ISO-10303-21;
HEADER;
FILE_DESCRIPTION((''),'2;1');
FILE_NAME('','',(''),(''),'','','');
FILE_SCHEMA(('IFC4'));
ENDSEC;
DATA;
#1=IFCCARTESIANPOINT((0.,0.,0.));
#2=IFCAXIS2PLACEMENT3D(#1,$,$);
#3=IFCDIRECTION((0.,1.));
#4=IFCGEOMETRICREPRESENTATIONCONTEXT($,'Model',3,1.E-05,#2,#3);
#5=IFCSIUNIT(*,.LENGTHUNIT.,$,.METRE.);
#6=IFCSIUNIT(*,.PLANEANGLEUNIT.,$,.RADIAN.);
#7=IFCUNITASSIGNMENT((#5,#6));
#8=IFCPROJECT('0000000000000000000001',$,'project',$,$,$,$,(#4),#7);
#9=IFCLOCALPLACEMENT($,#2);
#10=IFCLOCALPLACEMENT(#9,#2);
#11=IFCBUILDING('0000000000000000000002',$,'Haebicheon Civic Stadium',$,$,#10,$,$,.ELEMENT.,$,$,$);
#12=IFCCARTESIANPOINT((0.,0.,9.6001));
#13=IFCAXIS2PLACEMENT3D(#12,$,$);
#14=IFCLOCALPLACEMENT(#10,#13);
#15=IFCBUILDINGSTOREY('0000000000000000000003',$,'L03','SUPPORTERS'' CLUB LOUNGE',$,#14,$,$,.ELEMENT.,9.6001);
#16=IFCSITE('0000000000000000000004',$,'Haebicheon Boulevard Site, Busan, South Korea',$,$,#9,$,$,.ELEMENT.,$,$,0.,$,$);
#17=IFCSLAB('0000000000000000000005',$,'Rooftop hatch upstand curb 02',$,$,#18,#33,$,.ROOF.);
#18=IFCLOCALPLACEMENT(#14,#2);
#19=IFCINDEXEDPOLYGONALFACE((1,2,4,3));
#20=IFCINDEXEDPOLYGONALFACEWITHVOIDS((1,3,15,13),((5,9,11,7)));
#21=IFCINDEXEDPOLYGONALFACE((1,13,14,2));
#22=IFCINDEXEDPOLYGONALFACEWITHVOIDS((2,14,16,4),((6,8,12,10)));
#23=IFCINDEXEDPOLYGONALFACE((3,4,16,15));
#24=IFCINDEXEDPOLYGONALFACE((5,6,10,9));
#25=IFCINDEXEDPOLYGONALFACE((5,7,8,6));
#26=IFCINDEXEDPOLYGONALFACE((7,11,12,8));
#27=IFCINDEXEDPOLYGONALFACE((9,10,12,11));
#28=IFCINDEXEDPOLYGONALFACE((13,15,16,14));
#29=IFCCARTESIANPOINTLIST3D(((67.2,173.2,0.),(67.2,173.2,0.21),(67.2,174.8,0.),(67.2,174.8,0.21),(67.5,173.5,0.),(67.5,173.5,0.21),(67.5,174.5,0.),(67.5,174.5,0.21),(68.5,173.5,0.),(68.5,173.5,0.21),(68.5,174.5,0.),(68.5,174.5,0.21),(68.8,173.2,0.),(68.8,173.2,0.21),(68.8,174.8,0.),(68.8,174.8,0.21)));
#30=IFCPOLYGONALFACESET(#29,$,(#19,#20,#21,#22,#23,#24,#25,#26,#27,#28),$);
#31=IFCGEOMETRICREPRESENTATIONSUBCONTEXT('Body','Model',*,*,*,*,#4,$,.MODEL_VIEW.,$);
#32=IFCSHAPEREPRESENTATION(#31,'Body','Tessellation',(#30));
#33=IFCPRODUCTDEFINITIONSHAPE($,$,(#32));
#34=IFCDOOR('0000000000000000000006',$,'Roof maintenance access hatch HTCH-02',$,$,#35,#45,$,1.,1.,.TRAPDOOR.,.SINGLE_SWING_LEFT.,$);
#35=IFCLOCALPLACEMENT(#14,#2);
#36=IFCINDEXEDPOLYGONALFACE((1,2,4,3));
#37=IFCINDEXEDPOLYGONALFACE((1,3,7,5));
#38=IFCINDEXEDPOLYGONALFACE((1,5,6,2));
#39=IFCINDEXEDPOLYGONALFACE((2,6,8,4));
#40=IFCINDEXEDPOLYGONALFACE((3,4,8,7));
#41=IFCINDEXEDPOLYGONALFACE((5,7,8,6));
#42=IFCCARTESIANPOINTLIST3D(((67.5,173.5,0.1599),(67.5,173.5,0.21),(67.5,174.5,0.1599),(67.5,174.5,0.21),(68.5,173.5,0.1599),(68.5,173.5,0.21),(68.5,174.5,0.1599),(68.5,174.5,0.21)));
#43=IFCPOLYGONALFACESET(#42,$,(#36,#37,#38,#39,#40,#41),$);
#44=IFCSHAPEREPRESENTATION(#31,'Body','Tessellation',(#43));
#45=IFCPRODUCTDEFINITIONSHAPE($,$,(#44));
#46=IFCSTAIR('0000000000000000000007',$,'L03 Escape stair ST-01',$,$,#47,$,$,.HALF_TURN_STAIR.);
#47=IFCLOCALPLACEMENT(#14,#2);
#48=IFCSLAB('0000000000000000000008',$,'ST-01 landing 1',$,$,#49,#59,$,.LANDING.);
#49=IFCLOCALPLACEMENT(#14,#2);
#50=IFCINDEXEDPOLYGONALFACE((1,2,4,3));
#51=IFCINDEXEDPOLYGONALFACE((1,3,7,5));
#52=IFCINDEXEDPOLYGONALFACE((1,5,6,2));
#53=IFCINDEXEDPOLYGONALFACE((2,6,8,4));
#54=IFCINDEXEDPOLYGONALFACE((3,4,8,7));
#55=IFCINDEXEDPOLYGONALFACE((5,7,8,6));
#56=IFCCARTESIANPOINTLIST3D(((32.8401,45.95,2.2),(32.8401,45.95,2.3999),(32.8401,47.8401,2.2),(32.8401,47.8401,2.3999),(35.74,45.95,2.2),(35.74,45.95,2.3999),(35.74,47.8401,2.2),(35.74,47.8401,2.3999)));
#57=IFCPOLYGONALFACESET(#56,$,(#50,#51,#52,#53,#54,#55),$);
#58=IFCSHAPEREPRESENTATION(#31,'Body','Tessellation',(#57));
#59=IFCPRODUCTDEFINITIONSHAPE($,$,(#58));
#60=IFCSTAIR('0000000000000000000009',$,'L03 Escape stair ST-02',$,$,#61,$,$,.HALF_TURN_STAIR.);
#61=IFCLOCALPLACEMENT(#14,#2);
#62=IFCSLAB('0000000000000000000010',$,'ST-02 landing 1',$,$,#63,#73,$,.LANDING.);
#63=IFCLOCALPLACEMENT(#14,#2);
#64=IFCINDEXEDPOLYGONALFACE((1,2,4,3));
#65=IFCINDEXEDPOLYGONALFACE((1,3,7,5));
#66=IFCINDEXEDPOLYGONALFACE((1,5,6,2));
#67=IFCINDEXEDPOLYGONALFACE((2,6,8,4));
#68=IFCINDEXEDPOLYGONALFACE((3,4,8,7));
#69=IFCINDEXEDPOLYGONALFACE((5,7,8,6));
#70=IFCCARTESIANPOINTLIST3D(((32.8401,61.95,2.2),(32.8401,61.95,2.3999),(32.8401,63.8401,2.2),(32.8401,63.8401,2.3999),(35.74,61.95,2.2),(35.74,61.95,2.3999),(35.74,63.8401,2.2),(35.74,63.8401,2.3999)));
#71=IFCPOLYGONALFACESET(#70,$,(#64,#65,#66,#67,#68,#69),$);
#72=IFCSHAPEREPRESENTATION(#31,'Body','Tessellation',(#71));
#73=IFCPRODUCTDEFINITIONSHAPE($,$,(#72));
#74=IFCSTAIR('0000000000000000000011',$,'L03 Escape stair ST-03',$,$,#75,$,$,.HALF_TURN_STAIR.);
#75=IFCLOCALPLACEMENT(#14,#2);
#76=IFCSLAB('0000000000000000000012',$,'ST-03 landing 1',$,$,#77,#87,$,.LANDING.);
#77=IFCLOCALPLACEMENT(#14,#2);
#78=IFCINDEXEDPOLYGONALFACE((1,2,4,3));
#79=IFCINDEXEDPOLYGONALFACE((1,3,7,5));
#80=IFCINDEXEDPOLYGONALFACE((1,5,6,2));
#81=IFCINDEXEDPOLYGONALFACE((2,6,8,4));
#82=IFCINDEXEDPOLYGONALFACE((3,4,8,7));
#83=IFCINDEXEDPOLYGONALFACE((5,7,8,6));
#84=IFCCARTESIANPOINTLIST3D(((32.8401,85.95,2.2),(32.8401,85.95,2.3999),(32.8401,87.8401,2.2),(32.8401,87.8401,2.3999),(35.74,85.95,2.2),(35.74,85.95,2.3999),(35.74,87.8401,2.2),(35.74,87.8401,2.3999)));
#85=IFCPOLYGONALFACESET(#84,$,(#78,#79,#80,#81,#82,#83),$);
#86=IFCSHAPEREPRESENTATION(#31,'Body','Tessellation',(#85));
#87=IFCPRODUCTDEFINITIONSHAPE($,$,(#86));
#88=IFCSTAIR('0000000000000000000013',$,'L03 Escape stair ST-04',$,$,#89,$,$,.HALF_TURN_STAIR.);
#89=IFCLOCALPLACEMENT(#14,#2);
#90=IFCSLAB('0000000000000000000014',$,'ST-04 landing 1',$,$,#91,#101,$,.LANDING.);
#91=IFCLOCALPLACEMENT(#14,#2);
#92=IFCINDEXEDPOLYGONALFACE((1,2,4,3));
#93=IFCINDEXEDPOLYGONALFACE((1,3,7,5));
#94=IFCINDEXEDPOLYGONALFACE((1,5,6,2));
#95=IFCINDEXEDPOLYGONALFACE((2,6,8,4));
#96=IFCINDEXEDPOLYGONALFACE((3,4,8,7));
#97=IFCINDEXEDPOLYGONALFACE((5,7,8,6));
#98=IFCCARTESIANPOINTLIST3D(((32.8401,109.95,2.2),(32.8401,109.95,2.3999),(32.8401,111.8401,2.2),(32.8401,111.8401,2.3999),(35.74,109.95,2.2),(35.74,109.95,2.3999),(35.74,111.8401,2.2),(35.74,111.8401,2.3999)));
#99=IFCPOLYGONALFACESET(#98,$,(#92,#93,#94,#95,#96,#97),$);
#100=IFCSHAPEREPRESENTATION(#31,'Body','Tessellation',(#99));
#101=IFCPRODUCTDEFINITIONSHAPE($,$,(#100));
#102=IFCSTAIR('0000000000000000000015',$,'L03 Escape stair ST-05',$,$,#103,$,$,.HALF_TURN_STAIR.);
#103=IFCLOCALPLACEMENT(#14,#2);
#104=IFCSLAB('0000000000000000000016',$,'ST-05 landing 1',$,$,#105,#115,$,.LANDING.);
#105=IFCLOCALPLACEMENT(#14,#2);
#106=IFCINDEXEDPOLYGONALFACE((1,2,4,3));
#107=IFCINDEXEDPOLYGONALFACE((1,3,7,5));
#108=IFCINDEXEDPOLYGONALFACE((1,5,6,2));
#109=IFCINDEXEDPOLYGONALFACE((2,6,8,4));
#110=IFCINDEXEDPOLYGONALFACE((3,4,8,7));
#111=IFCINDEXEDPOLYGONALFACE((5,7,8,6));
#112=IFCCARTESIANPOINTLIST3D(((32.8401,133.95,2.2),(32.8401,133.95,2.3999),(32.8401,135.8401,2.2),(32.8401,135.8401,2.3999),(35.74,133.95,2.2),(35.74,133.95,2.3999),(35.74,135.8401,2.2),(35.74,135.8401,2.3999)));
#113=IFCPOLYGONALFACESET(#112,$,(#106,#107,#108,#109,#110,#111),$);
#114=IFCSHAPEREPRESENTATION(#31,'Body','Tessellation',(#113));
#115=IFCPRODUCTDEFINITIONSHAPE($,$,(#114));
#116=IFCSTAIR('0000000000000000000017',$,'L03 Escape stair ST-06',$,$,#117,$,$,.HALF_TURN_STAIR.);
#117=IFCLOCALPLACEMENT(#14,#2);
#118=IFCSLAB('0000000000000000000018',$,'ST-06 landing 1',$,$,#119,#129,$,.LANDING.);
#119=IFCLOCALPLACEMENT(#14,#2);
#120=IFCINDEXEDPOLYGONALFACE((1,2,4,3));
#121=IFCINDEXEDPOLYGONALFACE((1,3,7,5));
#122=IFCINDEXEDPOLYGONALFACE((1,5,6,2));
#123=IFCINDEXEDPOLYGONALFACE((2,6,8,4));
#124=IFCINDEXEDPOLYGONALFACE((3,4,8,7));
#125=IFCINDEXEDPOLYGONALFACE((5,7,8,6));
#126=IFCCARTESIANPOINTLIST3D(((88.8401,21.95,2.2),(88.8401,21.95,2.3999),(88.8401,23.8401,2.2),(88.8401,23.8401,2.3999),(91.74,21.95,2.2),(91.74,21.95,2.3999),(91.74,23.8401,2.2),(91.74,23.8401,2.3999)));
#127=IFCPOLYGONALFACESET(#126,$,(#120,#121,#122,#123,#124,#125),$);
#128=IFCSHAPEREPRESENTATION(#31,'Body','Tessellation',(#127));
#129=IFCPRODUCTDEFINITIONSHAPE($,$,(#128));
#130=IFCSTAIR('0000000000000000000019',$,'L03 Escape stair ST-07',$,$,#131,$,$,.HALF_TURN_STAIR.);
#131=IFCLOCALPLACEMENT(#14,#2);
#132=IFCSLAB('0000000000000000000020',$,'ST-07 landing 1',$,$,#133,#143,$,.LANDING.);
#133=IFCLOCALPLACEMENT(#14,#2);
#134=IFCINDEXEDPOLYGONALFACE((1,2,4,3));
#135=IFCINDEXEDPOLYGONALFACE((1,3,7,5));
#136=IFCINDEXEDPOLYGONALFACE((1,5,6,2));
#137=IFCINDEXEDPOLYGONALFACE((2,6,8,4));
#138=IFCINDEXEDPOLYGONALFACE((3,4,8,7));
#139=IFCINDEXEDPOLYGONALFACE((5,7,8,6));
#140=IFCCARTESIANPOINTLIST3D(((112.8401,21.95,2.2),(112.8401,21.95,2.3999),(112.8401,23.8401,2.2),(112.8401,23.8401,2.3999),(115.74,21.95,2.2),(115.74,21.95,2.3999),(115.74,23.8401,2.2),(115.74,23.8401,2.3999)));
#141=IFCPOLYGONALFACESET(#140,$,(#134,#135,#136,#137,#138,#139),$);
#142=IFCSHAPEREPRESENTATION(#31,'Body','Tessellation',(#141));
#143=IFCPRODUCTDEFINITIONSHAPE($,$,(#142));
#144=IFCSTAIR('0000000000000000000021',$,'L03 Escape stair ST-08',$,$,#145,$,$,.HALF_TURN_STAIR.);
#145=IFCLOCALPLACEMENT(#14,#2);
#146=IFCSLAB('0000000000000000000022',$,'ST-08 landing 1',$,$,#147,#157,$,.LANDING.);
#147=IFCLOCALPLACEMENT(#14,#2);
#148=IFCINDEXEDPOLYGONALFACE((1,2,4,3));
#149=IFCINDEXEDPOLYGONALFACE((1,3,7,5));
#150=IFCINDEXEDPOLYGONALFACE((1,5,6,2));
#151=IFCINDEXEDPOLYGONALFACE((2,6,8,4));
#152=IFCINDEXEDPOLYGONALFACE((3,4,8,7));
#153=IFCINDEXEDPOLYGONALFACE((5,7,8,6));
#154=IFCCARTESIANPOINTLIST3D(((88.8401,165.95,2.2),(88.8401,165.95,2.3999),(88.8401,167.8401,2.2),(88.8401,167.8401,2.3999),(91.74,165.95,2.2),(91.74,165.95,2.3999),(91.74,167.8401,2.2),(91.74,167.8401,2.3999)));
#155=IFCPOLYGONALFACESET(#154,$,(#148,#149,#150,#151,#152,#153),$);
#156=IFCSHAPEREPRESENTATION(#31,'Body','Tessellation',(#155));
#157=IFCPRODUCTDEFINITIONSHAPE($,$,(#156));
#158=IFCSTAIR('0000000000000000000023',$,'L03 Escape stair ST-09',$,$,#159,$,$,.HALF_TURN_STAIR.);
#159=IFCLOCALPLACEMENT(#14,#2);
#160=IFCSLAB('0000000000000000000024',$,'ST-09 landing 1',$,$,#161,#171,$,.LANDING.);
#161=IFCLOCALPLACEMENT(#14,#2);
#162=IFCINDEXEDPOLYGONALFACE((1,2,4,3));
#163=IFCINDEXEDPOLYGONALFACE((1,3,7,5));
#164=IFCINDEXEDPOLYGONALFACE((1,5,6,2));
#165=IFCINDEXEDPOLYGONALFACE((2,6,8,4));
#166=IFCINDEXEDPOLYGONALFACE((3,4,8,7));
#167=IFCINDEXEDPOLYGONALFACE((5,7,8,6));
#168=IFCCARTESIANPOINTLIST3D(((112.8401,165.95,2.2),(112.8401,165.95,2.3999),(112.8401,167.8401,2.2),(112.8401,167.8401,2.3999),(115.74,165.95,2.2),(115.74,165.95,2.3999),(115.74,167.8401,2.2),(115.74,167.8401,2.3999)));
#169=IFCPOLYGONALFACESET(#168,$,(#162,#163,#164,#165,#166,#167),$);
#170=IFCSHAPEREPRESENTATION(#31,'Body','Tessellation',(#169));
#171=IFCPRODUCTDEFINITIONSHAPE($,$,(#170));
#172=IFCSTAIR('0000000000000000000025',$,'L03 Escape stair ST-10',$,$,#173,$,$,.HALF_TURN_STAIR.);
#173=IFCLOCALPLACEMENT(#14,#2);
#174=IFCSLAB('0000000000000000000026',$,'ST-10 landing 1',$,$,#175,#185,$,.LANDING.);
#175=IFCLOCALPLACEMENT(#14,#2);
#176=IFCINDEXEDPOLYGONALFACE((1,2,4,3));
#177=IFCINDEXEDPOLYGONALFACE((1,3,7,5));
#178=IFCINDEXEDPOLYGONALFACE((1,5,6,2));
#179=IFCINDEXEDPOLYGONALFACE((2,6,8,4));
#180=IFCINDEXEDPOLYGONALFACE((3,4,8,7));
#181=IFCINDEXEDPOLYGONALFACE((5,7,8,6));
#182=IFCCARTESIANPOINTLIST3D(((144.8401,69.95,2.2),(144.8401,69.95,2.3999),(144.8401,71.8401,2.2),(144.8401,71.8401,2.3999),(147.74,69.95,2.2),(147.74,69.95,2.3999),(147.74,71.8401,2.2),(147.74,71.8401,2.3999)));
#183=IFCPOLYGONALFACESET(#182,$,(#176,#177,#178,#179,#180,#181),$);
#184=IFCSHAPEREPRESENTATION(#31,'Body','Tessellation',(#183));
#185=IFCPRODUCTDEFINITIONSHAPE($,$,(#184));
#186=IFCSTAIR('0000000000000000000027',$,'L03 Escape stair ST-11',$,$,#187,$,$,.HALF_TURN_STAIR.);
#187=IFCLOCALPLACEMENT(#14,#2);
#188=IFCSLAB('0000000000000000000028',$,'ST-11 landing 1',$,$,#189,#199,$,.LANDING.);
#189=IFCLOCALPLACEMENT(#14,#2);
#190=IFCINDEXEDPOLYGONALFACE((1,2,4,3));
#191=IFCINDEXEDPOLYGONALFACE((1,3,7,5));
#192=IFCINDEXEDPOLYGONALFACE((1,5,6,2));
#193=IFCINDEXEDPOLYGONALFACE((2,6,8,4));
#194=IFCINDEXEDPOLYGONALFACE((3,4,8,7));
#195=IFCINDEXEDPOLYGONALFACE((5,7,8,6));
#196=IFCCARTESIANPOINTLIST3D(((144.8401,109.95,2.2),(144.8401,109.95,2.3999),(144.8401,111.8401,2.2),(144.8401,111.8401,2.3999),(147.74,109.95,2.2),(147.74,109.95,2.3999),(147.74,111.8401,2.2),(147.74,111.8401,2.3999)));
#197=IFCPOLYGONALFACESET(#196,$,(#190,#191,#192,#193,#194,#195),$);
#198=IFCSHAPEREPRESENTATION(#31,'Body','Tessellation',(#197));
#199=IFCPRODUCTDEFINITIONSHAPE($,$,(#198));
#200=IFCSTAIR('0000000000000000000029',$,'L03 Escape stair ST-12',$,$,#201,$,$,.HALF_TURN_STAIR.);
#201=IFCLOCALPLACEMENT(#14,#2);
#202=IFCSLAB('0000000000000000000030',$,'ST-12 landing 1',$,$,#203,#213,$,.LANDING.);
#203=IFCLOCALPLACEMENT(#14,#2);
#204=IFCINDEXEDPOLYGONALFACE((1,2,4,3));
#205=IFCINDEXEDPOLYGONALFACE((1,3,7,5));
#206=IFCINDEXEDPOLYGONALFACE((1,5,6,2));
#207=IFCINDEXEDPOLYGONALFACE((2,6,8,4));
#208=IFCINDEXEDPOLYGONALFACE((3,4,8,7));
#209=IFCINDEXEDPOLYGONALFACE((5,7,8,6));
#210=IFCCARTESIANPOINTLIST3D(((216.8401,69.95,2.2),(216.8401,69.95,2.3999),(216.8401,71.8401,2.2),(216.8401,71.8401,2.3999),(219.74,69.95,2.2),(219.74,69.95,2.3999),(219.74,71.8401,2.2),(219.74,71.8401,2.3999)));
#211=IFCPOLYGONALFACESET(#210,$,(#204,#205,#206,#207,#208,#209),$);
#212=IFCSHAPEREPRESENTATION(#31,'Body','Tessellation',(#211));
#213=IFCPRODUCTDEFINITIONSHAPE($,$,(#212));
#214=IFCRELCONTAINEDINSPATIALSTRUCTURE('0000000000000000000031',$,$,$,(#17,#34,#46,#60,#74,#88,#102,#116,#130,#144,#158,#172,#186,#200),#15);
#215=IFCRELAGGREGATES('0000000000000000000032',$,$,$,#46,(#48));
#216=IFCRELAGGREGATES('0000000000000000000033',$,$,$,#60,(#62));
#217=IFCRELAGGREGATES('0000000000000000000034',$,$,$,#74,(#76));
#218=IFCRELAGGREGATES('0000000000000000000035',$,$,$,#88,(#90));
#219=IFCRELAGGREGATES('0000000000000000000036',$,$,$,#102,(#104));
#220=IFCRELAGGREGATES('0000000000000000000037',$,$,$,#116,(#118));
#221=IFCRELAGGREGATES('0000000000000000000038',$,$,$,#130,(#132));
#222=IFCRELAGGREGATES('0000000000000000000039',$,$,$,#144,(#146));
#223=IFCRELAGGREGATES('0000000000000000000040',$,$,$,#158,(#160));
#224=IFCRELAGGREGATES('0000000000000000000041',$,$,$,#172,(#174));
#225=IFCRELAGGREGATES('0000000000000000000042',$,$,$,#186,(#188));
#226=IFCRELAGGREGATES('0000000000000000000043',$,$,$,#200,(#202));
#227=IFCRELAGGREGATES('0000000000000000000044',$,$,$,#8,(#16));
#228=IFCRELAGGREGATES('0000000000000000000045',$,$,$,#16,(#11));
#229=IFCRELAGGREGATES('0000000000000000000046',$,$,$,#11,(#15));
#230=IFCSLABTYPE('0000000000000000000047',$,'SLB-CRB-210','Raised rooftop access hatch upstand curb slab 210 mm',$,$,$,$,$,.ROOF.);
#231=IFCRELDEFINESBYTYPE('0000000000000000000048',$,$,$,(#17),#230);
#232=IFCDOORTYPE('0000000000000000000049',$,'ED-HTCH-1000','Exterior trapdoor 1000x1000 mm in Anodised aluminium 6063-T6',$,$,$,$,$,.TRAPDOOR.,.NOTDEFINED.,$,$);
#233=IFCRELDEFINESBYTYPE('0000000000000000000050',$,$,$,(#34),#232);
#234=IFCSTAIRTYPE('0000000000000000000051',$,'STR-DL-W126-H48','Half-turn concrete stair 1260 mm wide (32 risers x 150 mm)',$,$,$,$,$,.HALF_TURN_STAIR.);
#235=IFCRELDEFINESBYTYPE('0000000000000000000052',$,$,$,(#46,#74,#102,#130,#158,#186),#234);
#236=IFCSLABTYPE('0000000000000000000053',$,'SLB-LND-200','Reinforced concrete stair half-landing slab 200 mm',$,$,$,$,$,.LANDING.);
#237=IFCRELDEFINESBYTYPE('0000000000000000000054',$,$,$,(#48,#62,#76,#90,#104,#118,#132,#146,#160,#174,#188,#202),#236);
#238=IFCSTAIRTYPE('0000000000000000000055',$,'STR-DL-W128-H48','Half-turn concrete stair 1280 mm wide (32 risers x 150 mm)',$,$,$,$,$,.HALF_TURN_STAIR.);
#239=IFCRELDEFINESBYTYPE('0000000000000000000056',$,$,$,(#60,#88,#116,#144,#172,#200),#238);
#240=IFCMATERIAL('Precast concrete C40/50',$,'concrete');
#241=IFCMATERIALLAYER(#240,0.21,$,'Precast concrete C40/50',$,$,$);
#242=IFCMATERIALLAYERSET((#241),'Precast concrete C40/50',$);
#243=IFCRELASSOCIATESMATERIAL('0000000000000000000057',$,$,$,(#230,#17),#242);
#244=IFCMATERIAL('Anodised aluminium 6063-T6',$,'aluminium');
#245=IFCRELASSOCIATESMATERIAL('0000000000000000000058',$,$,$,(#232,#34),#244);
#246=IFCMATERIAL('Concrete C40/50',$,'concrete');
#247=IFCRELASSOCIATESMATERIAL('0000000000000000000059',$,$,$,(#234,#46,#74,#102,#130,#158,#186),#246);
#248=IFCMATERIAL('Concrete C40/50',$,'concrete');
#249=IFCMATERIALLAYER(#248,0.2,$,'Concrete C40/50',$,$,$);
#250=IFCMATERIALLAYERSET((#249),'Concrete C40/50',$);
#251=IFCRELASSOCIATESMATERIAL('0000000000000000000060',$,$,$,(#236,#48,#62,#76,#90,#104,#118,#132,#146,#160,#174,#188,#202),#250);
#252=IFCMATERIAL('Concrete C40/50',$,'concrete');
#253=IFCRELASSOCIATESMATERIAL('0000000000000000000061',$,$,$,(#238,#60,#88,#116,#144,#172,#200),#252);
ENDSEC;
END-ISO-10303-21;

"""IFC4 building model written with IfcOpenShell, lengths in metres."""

from ifc_helpers import new_model, si_unit, direction, frame, origin, origin_2d, place, context, subcontext, project, spatial, polyline, rectangle, outline, extrude, material, layer, layer_set, type_object, element, fill, aggregate, save


model = new_model("IFC4")

# Units and contexts
model_context = context("Model", 3, precision=1e-05, world=origin(), true_north=direction((0.0, 1.0)))
body_context = subcontext(model_context, "Body", "Model", "MODEL_VIEW")
ifc_project = project(units=[si_unit("LENGTHUNIT", "METRE"), si_unit("PLANEANGLEUNIT", "RADIAN")], contexts=[model_context])

# Site, building, storey
site_placement = place(None, origin())
site = spatial("IfcSite", under=ifc_project, at=site_placement, Name="Haebicheon Boulevard Site, Busan, South Korea", CompositionType="ELEMENT", RefElevation=0.0)
building_placement = place(site_placement, origin())
building = spatial("IfcBuilding", under=site, at=building_placement, Name="Haebicheon Civic Stadium", CompositionType="ELEMENT")
storey_placement = place(building_placement, frame((0.0, 0.0, 9.6001)))
storey = spatial("IfcBuildingStorey", under=building, at=storey_placement, Name="L03", Description="SUPPORTERS' CLUB LOUNGE", CompositionType="ELEMENT", Elevation=9.6001)

# Slab, opening, door
ifc_material_1 = material(Name="Precast concrete C40/50", Category="concrete")
ifc_layer_1 = layer(ifc_material_1, 0.21, Name="Precast concrete C40/50")
ifc_layer_set_1 = layer_set([ifc_layer_1], Name="Precast concrete C40/50")
slab_type_1 = type_object("IfcSlabType", Name="SLB-CRB-210", Description="Raised rooftop access hatch upstand curb slab 210 mm", PredefinedType="ROOF", material=ifc_layer_set_1)
slab_1_placement = place(storey_placement, origin())
slab_1 = element("IfcSlab", 1, at=slab_1_placement, inside=storey, type_object=slab_type_1, material=ifc_layer_set_1, Name="Rooftop hatch upstand curb 02", PredefinedType="ROOF", context=body_context, shape_type="SweptSolid", body=[
    extrude(outline(polyline([(67.2, 173.2), (68.8, 173.2), (68.8, 174.8), (67.2, 174.8), (67.2, 173.2)]), holes=[polyline([(67.5, 173.5), (68.5, 173.5), (68.5, 174.5), (67.5, 174.5), (67.5, 173.5)])]), origin(), (0.0, 0.0, 1.0), 0.21),
])
opening_placement = place(slab_1_placement, frame((68.0, 174.0, -0.01)))
opening = element("IfcOpeningElement", 2, at=opening_placement, cuts=slab_1, PredefinedType="OPENING", context=body_context, shape_type="SweptSolid", body=[
    extrude(rectangle(XDim=1.0, YDim=1.0, at=origin_2d()), origin(), (0.0, 0.0, 1.0), 0.23),
])
ifc_material_2 = material(Name="Anodised aluminium 6063-T6", Category="aluminium")
door_type = type_object("IfcDoorType", Name="ED-HTCH-1000", Description="Exterior trapdoor 1000x1000 mm in Anodised aluminium 6063-T6", OperationType="NOTDEFINED", PredefinedType="TRAPDOOR", material=ifc_material_2)
door_placement = place(slab_1_placement, frame((68.0, 174.0, 0.1599)))
door = element("IfcDoor", 3, at=door_placement, inside=storey, type_object=door_type, material=ifc_material_2, Name="Roof maintenance access hatch HTCH-02", OperationType="SINGLE_SWING_LEFT", OverallHeight=1.0, OverallWidth=1.0, PredefinedType="TRAPDOOR", context=body_context, shape_type="SweptSolid", body=[
    extrude(rectangle(XDim=1.0, YDim=1.0, at=origin_2d()), origin(), (0.0, 0.0, 1.0), 0.05),
])
fill(opening, door)

# Stairs, slabs
ifc_material_3 = material(Name="Concrete C40/50", Category="concrete")
stair_type_1 = type_object("IfcStairType", Name="STR-DL-W126-H48", Description="Half-turn concrete stair 1260 mm wide (32 risers x 150 mm)", PredefinedType="HALF_TURN_STAIR", material=ifc_material_3)
stair_1_placement = place(storey_placement, origin())
stair_1 = element("IfcStair", 4, at=stair_1_placement, inside=storey, type_object=stair_type_1, material=ifc_material_3, Name="L03 Escape stair ST-01", PredefinedType="HALF_TURN_STAIR")
ifc_material_4 = material(Name="Concrete C40/50", Category="concrete")
ifc_layer_2 = layer(ifc_material_4, 0.2, Name="Concrete C40/50")
ifc_layer_set_2 = layer_set([ifc_layer_2], Name="Concrete C40/50")
slab_type_2 = type_object("IfcSlabType", Name="SLB-LND-200", Description="Reinforced concrete stair half-landing slab 200 mm", PredefinedType="LANDING", material=ifc_layer_set_2)
slab_2_placement = place(storey_placement, frame((0.0, 0.0, 2.2)))
slab_2 = element("IfcSlab", 5, at=slab_2_placement, type_object=slab_type_2, material=ifc_layer_set_2, Name="ST-01 landing 1", PredefinedType="LANDING", context=body_context, shape_type="SweptSolid", body=[
    extrude(outline(polyline([(35.74, 45.95), (35.74, 47.8401), (32.8401, 47.8401), (32.8401, 45.95), (35.74, 45.95)])), origin(), (0.0, 0.0, 1.0), 0.2),
])
aggregate(stair_1, [slab_2])
ifc_material_5 = material(Name="Concrete C40/50", Category="concrete")
stair_type_2 = type_object("IfcStairType", Name="STR-DL-W128-H48", Description="Half-turn concrete stair 1280 mm wide (32 risers x 150 mm)", PredefinedType="HALF_TURN_STAIR", material=ifc_material_5)
stair_2_placement = place(storey_placement, origin())
stair_2 = element("IfcStair", 6, at=stair_2_placement, inside=storey, type_object=stair_type_2, material=ifc_material_5, Name="L03 Escape stair ST-02", PredefinedType="HALF_TURN_STAIR")
slab_3_placement = place(storey_placement, frame((0.0, 0.0, 2.2)))
slab_3 = element("IfcSlab", 7, at=slab_3_placement, type_object=slab_type_2, material=ifc_layer_set_2, Name="ST-02 landing 1", PredefinedType="LANDING", context=body_context, shape_type="SweptSolid", body=[
    extrude(outline(polyline([(35.74, 61.95), (35.74, 63.8401), (32.8401, 63.8401), (32.8401, 61.95), (35.74, 61.95)])), origin(), (0.0, 0.0, 1.0), 0.2),
])
aggregate(stair_2, [slab_3])
stair_3_placement = place(storey_placement, origin())
stair_3 = element("IfcStair", 8, at=stair_3_placement, inside=storey, type_object=stair_type_1, material=ifc_material_3, Name="L03 Escape stair ST-03", PredefinedType="HALF_TURN_STAIR")
slab_4_placement = place(storey_placement, frame((0.0, 0.0, 2.2)))
slab_4 = element("IfcSlab", 9, at=slab_4_placement, type_object=slab_type_2, material=ifc_layer_set_2, Name="ST-03 landing 1", PredefinedType="LANDING", context=body_context, shape_type="SweptSolid", body=[
    extrude(outline(polyline([(35.74, 85.95), (35.74, 87.8401), (32.8401, 87.8401), (32.8401, 85.95), (35.74, 85.95)])), origin(), (0.0, 0.0, 1.0), 0.2),
])
aggregate(stair_3, [slab_4])
stair_4_placement = place(storey_placement, origin())
stair_4 = element("IfcStair", 10, at=stair_4_placement, inside=storey, type_object=stair_type_2, material=ifc_material_5, Name="L03 Escape stair ST-04", PredefinedType="HALF_TURN_STAIR")
slab_5_placement = place(storey_placement, frame((0.0, 0.0, 2.2)))
slab_5 = element("IfcSlab", 11, at=slab_5_placement, type_object=slab_type_2, material=ifc_layer_set_2, Name="ST-04 landing 1", PredefinedType="LANDING", context=body_context, shape_type="SweptSolid", body=[
    extrude(outline(polyline([(35.74, 109.95), (35.74, 111.8401), (32.8401, 111.8401), (32.8401, 109.95), (35.74, 109.95)])), origin(), (0.0, 0.0, 1.0), 0.2),
])
aggregate(stair_4, [slab_5])
stair_5_placement = place(storey_placement, origin())
stair_5 = element("IfcStair", 12, at=stair_5_placement, inside=storey, type_object=stair_type_1, material=ifc_material_3, Name="L03 Escape stair ST-05", PredefinedType="HALF_TURN_STAIR")
slab_6_placement = place(storey_placement, frame((0.0, 0.0, 2.2)))
slab_6 = element("IfcSlab", 13, at=slab_6_placement, type_object=slab_type_2, material=ifc_layer_set_2, Name="ST-05 landing 1", PredefinedType="LANDING", context=body_context, shape_type="SweptSolid", body=[
    extrude(outline(polyline([(35.74, 133.95), (35.74, 135.8401), (32.8401, 135.8401), (32.8401, 133.95), (35.74, 133.95)])), origin(), (0.0, 0.0, 1.0), 0.2),
])
aggregate(stair_5, [slab_6])
stair_6_placement = place(storey_placement, origin())
stair_6 = element("IfcStair", 14, at=stair_6_placement, inside=storey, type_object=stair_type_2, material=ifc_material_5, Name="L03 Escape stair ST-06", PredefinedType="HALF_TURN_STAIR")
slab_7_placement = place(storey_placement, frame((0.0, 0.0, 2.2)))
slab_7 = element("IfcSlab", 15, at=slab_7_placement, type_object=slab_type_2, material=ifc_layer_set_2, Name="ST-06 landing 1", PredefinedType="LANDING", context=body_context, shape_type="SweptSolid", body=[
    extrude(outline(polyline([(91.74, 21.95), (91.74, 23.8401), (88.8401, 23.8401), (88.8401, 21.95), (91.74, 21.95)])), origin(), (0.0, 0.0, 1.0), 0.2),
])
aggregate(stair_6, [slab_7])
stair_7_placement = place(storey_placement, origin())
stair_7 = element("IfcStair", 16, at=stair_7_placement, inside=storey, type_object=stair_type_1, material=ifc_material_3, Name="L03 Escape stair ST-07", PredefinedType="HALF_TURN_STAIR")
slab_8_placement = place(storey_placement, frame((0.0, 0.0, 2.2)))
slab_8 = element("IfcSlab", 17, at=slab_8_placement, type_object=slab_type_2, material=ifc_layer_set_2, Name="ST-07 landing 1", PredefinedType="LANDING", context=body_context, shape_type="SweptSolid", body=[
    extrude(outline(polyline([(115.74, 21.95), (115.74, 23.8401), (112.8401, 23.8401), (112.8401, 21.95), (115.74, 21.95)])), origin(), (0.0, 0.0, 1.0), 0.2),
])
aggregate(stair_7, [slab_8])
stair_8_placement = place(storey_placement, origin())
stair_8 = element("IfcStair", 18, at=stair_8_placement, inside=storey, type_object=stair_type_2, material=ifc_material_5, Name="L03 Escape stair ST-08", PredefinedType="HALF_TURN_STAIR")
slab_9_placement = place(storey_placement, frame((0.0, 0.0, 2.2)))
slab_9 = element("IfcSlab", 19, at=slab_9_placement, type_object=slab_type_2, material=ifc_layer_set_2, Name="ST-08 landing 1", PredefinedType="LANDING", context=body_context, shape_type="SweptSolid", body=[
    extrude(outline(polyline([(91.74, 165.95), (91.74, 167.8401), (88.8401, 167.8401), (88.8401, 165.95), (91.74, 165.95)])), origin(), (0.0, 0.0, 1.0), 0.2),
])
aggregate(stair_8, [slab_9])
stair_9_placement = place(storey_placement, origin())
stair_9 = element("IfcStair", 20, at=stair_9_placement, inside=storey, type_object=stair_type_1, material=ifc_material_3, Name="L03 Escape stair ST-09", PredefinedType="HALF_TURN_STAIR")
slab_10_placement = place(storey_placement, frame((0.0, 0.0, 2.2)))
slab_10 = element("IfcSlab", 21, at=slab_10_placement, type_object=slab_type_2, material=ifc_layer_set_2, Name="ST-09 landing 1", PredefinedType="LANDING", context=body_context, shape_type="SweptSolid", body=[
    extrude(outline(polyline([(115.74, 165.95), (115.74, 167.8401), (112.8401, 167.8401), (112.8401, 165.95), (115.74, 165.95)])), origin(), (0.0, 0.0, 1.0), 0.2),
])
aggregate(stair_9, [slab_10])
stair_10_placement = place(storey_placement, origin())
stair_10 = element("IfcStair", 22, at=stair_10_placement, inside=storey, type_object=stair_type_2, material=ifc_material_5, Name="L03 Escape stair ST-10", PredefinedType="HALF_TURN_STAIR")
slab_11_placement = place(storey_placement, frame((0.0, 0.0, 2.2)))
slab_11 = element("IfcSlab", 23, at=slab_11_placement, type_object=slab_type_2, material=ifc_layer_set_2, Name="ST-10 landing 1", PredefinedType="LANDING", context=body_context, shape_type="SweptSolid", body=[
    extrude(outline(polyline([(147.74, 69.95), (147.74, 71.8401), (144.8401, 71.8401), (144.8401, 69.95), (147.74, 69.95)])), origin(), (0.0, 0.0, 1.0), 0.2),
])
aggregate(stair_10, [slab_11])
stair_11_placement = place(storey_placement, origin())
stair_11 = element("IfcStair", 24, at=stair_11_placement, inside=storey, type_object=stair_type_1, material=ifc_material_3, Name="L03 Escape stair ST-11", PredefinedType="HALF_TURN_STAIR")
slab_12_placement = place(storey_placement, frame((0.0, 0.0, 2.2)))
slab_12 = element("IfcSlab", 25, at=slab_12_placement, type_object=slab_type_2, material=ifc_layer_set_2, Name="ST-11 landing 1", PredefinedType="LANDING", context=body_context, shape_type="SweptSolid", body=[
    extrude(outline(polyline([(147.74, 109.95), (147.74, 111.8401), (144.8401, 111.8401), (144.8401, 109.95), (147.74, 109.95)])), origin(), (0.0, 0.0, 1.0), 0.2),
])
aggregate(stair_11, [slab_12])
stair_12_placement = place(storey_placement, origin())
stair_12 = element("IfcStair", 26, at=stair_12_placement, inside=storey, type_object=stair_type_2, material=ifc_material_5, Name="L03 Escape stair ST-12", PredefinedType="HALF_TURN_STAIR")
slab_13_placement = place(storey_placement, frame((0.0, 0.0, 2.2)))
slab_13 = element("IfcSlab", 27, at=slab_13_placement, type_object=slab_type_2, material=ifc_layer_set_2, Name="ST-12 landing 1", PredefinedType="LANDING", context=body_context, shape_type="SweptSolid", body=[
    extrude(outline(polyline([(219.74, 69.95), (219.74, 71.8401), (216.8401, 71.8401), (216.8401, 69.95), (219.74, 69.95)])), origin(), (0.0, 0.0, 1.0), 0.2),
])
aggregate(stair_12, [slab_13])

save(model, "model.ifc")
